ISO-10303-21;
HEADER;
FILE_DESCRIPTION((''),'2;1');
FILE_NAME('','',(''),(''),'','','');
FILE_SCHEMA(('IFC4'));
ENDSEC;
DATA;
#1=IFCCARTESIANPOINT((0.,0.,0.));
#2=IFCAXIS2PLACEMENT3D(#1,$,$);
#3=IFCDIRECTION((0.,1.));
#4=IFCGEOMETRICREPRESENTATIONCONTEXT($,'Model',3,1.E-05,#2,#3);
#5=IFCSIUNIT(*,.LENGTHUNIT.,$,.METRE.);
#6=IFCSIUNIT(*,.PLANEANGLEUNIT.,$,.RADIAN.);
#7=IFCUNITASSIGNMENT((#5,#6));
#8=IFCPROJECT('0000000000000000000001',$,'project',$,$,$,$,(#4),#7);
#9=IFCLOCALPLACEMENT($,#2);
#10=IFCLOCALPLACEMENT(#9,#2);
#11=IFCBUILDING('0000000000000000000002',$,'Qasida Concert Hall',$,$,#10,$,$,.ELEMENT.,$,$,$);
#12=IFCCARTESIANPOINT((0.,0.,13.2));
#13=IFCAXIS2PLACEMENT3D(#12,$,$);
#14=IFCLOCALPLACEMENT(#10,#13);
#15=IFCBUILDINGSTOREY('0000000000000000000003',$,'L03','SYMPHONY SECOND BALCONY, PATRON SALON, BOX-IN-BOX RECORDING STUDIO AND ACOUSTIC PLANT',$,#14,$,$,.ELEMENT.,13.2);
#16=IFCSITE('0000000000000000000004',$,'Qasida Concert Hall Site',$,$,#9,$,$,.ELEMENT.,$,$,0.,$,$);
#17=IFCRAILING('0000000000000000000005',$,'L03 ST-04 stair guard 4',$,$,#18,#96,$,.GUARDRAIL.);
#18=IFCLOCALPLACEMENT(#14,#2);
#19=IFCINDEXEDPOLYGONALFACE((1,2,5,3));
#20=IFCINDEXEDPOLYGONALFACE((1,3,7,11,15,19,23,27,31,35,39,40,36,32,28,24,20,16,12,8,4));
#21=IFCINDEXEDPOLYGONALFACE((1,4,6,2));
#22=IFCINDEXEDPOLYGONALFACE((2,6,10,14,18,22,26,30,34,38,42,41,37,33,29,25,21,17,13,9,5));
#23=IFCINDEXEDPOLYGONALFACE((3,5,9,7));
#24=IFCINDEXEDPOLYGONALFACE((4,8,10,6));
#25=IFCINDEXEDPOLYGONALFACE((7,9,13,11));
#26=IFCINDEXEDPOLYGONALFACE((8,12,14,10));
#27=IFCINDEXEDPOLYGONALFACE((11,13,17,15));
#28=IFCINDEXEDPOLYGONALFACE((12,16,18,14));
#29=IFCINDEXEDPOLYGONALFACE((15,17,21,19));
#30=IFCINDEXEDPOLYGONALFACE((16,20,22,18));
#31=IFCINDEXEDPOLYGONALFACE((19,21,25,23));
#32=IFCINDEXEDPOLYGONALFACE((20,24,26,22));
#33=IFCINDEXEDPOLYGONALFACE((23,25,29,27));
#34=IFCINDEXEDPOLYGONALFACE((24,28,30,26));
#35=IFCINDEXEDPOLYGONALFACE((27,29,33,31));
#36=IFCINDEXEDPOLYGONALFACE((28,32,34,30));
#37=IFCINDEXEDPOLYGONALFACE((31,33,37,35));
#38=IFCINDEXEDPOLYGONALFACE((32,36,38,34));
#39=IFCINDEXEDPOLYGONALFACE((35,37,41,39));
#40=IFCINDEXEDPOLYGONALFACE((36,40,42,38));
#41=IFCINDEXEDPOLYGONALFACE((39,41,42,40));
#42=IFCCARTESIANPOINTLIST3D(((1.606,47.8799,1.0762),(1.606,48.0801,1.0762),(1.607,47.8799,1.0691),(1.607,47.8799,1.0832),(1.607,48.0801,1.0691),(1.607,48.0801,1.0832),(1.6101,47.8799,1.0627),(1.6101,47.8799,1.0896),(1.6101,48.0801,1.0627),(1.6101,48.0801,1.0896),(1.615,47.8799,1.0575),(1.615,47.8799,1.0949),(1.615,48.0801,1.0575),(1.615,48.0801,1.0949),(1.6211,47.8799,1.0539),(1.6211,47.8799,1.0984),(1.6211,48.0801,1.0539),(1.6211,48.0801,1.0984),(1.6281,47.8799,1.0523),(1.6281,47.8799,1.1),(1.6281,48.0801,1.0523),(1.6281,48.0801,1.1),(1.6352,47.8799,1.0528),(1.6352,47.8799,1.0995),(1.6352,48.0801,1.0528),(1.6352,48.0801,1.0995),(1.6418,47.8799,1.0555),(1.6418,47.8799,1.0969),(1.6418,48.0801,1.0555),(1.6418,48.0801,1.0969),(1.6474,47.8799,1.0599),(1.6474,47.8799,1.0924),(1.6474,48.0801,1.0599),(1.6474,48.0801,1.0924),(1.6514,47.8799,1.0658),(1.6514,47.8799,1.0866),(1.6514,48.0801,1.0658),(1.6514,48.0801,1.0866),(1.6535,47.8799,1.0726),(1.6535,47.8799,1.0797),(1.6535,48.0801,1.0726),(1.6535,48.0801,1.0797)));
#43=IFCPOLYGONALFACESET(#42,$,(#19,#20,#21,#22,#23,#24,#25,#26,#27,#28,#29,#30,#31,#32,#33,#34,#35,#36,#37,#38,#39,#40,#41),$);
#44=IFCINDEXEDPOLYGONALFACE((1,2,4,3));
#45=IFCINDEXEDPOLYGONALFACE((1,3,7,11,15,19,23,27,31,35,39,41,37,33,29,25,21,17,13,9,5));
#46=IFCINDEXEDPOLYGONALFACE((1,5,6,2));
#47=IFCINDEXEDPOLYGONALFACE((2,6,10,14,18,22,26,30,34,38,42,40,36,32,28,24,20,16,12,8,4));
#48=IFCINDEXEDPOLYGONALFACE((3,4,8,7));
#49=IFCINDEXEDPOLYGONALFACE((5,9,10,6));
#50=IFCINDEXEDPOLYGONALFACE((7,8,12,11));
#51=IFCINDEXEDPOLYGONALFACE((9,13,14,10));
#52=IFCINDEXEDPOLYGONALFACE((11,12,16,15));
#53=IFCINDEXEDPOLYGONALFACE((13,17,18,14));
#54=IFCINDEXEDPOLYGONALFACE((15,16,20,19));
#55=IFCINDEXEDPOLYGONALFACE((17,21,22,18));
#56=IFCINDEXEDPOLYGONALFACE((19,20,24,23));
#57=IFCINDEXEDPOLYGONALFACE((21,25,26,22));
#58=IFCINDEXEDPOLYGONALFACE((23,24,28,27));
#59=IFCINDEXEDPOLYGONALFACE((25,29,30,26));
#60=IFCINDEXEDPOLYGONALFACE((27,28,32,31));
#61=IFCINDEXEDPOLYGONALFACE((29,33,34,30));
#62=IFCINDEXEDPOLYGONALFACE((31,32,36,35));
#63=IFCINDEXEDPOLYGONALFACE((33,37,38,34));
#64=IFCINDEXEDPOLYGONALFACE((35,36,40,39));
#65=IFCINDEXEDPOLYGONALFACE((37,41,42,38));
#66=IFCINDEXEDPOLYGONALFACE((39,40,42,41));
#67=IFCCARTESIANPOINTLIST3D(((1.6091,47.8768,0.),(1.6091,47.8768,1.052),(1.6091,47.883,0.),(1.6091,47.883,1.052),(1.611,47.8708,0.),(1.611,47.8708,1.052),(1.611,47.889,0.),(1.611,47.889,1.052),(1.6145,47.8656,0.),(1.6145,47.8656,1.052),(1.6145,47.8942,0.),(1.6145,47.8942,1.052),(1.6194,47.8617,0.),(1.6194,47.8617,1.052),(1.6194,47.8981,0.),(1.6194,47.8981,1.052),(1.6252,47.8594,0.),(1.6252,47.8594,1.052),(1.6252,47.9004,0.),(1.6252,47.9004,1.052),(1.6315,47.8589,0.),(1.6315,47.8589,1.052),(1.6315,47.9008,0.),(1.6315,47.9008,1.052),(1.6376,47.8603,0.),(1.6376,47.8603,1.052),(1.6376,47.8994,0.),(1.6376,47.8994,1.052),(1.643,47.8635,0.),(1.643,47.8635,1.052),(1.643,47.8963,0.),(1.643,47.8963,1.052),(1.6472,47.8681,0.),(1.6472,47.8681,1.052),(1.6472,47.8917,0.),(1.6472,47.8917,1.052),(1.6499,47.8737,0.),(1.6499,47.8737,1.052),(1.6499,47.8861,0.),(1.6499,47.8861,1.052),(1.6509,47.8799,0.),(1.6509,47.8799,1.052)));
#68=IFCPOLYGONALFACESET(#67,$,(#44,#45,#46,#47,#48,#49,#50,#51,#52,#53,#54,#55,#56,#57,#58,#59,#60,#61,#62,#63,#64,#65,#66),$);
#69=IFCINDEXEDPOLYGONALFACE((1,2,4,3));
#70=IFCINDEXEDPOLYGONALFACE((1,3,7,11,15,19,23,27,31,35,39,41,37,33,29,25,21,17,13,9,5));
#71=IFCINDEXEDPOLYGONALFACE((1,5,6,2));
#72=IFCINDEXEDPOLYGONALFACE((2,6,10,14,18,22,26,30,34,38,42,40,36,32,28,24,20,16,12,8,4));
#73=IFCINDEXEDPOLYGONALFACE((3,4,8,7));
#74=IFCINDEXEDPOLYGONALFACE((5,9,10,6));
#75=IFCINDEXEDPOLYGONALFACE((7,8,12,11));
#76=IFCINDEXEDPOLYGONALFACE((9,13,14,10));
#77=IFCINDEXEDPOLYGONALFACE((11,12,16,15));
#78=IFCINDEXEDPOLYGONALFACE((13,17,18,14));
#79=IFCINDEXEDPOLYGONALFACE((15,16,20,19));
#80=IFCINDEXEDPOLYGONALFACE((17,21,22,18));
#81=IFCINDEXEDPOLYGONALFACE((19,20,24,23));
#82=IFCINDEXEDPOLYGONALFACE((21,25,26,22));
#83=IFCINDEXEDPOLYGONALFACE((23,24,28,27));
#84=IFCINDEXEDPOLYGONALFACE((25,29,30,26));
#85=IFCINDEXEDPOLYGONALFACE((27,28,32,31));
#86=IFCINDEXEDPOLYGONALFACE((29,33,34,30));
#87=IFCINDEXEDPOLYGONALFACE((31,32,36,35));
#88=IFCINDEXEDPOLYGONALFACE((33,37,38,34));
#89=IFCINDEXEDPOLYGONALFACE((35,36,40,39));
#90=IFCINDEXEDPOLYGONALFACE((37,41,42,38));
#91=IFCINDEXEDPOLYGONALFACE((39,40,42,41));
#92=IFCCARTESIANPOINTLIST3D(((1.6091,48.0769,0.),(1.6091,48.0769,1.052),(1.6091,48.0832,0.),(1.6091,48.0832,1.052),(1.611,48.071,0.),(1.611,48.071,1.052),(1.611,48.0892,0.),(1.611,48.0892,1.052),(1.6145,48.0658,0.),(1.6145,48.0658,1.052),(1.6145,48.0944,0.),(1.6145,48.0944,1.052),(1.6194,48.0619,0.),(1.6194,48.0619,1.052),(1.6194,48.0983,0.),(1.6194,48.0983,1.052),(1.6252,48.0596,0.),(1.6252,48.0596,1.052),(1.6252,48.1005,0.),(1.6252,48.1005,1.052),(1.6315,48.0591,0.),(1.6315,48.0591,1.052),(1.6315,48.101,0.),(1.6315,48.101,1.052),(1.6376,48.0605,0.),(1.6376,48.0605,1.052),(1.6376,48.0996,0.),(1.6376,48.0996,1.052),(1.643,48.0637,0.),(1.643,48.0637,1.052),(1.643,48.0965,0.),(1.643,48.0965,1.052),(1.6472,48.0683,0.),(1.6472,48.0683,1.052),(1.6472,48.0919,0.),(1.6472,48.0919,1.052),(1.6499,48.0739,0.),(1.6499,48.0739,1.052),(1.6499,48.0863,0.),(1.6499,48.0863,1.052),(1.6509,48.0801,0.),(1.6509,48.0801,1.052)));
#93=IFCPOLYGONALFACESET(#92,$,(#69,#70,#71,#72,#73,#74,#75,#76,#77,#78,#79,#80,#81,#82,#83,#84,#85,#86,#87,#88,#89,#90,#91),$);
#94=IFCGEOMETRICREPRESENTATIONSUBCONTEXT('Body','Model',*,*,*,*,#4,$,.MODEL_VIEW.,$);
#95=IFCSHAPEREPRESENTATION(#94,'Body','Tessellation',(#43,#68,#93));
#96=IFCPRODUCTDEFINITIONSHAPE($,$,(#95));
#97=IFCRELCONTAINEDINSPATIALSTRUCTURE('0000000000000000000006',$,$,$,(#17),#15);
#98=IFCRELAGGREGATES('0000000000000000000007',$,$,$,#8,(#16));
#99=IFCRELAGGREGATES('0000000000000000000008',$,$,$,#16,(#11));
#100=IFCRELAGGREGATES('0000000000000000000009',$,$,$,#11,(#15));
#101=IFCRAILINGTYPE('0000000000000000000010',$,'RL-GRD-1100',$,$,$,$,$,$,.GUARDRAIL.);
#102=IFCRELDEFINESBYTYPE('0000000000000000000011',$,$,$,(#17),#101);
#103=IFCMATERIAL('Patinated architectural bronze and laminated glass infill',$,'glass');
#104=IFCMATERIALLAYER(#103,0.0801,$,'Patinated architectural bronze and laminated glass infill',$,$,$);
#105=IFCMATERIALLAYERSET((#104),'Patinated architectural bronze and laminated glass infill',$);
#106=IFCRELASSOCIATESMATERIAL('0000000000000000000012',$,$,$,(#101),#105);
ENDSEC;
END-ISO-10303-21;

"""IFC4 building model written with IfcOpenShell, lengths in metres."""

from ifc_helpers import new_model, si_unit, direction, frame, origin, origin_2d, place, context, subcontext, project, spatial, circle, extrude, material, layer, layer_set, type_object, element, save


model = new_model("IFC4")

# Units and contexts
model_context = context("Model", 3, precision=1e-05, world=origin(), true_north=direction((0.0, 1.0)))
body_context = subcontext(model_context, "Body", "Model", "MODEL_VIEW")
ifc_project = project(units=[si_unit("LENGTHUNIT", "METRE"), si_unit("PLANEANGLEUNIT", "RADIAN")], contexts=[model_context])

# Site, building, storey
site_placement = place(None, origin())
site = spatial("IfcSite", under=ifc_project, at=site_placement, Name="Qasida Concert Hall Site", CompositionType="ELEMENT", RefElevation=0.0)
building_placement = place(site_placement, origin())
building = spatial("IfcBuilding", under=site, at=building_placement, Name="Qasida Concert Hall", CompositionType="ELEMENT")
storey_placement = place(building_placement, frame((0.0, 0.0, 13.2)))
storey = spatial("IfcBuildingStorey", under=building, at=storey_placement, Name="L03", Description="SYMPHONY SECOND BALCONY, PATRON SALON, BOX-IN-BOX RECORDING STUDIO AND ACOUSTIC PLANT", CompositionType="ELEMENT", Elevation=13.2)

# Railing
ifc_material_1 = material(Name="Patinated architectural bronze and laminated glass infill", Category="glass")
ifc_layer_1 = layer(ifc_material_1, 0.0801, Name="Patinated architectural bronze and laminated glass infill")
ifc_layer_set_1 = layer_set([ifc_layer_1], Name="Patinated architectural bronze and laminated glass infill")
railing_type_1 = type_object("IfcRailingType", Name="RL-GRD-1100", PredefinedType="GUARDRAIL", material=ifc_layer_set_1)
railing_1_placement = place(storey_placement, frame((1.6299, 47.8799, 0.0)))
element("IfcRailing", 1, at=railing_1_placement, inside=storey, type_object=railing_type_1, Name="L03 ST-04 stair guard 4", PredefinedType="GUARDRAIL", context=body_context, shape_type="SweptSolid", body=[
    extrude(circle(Radius=0.0239, at=origin_2d()), frame((0.0, 0.0, 1.0762), z_axis=(0.0, 1.0, 0.0), x_axis=(-1.0, 0.0, 0.0)), (0.0, 0.0, 1.0), 0.2002),
    extrude(circle(Radius=0.021, at=origin_2d()), origin(), (0.0, 0.0, 1.0), 1.052),
    extrude(circle(Radius=0.021, at=origin_2d()), frame((0.0, 0.2002, 0.0)), (0.0, 0.0, 1.0), 1.052),
])

save(model, "model.ifc")
